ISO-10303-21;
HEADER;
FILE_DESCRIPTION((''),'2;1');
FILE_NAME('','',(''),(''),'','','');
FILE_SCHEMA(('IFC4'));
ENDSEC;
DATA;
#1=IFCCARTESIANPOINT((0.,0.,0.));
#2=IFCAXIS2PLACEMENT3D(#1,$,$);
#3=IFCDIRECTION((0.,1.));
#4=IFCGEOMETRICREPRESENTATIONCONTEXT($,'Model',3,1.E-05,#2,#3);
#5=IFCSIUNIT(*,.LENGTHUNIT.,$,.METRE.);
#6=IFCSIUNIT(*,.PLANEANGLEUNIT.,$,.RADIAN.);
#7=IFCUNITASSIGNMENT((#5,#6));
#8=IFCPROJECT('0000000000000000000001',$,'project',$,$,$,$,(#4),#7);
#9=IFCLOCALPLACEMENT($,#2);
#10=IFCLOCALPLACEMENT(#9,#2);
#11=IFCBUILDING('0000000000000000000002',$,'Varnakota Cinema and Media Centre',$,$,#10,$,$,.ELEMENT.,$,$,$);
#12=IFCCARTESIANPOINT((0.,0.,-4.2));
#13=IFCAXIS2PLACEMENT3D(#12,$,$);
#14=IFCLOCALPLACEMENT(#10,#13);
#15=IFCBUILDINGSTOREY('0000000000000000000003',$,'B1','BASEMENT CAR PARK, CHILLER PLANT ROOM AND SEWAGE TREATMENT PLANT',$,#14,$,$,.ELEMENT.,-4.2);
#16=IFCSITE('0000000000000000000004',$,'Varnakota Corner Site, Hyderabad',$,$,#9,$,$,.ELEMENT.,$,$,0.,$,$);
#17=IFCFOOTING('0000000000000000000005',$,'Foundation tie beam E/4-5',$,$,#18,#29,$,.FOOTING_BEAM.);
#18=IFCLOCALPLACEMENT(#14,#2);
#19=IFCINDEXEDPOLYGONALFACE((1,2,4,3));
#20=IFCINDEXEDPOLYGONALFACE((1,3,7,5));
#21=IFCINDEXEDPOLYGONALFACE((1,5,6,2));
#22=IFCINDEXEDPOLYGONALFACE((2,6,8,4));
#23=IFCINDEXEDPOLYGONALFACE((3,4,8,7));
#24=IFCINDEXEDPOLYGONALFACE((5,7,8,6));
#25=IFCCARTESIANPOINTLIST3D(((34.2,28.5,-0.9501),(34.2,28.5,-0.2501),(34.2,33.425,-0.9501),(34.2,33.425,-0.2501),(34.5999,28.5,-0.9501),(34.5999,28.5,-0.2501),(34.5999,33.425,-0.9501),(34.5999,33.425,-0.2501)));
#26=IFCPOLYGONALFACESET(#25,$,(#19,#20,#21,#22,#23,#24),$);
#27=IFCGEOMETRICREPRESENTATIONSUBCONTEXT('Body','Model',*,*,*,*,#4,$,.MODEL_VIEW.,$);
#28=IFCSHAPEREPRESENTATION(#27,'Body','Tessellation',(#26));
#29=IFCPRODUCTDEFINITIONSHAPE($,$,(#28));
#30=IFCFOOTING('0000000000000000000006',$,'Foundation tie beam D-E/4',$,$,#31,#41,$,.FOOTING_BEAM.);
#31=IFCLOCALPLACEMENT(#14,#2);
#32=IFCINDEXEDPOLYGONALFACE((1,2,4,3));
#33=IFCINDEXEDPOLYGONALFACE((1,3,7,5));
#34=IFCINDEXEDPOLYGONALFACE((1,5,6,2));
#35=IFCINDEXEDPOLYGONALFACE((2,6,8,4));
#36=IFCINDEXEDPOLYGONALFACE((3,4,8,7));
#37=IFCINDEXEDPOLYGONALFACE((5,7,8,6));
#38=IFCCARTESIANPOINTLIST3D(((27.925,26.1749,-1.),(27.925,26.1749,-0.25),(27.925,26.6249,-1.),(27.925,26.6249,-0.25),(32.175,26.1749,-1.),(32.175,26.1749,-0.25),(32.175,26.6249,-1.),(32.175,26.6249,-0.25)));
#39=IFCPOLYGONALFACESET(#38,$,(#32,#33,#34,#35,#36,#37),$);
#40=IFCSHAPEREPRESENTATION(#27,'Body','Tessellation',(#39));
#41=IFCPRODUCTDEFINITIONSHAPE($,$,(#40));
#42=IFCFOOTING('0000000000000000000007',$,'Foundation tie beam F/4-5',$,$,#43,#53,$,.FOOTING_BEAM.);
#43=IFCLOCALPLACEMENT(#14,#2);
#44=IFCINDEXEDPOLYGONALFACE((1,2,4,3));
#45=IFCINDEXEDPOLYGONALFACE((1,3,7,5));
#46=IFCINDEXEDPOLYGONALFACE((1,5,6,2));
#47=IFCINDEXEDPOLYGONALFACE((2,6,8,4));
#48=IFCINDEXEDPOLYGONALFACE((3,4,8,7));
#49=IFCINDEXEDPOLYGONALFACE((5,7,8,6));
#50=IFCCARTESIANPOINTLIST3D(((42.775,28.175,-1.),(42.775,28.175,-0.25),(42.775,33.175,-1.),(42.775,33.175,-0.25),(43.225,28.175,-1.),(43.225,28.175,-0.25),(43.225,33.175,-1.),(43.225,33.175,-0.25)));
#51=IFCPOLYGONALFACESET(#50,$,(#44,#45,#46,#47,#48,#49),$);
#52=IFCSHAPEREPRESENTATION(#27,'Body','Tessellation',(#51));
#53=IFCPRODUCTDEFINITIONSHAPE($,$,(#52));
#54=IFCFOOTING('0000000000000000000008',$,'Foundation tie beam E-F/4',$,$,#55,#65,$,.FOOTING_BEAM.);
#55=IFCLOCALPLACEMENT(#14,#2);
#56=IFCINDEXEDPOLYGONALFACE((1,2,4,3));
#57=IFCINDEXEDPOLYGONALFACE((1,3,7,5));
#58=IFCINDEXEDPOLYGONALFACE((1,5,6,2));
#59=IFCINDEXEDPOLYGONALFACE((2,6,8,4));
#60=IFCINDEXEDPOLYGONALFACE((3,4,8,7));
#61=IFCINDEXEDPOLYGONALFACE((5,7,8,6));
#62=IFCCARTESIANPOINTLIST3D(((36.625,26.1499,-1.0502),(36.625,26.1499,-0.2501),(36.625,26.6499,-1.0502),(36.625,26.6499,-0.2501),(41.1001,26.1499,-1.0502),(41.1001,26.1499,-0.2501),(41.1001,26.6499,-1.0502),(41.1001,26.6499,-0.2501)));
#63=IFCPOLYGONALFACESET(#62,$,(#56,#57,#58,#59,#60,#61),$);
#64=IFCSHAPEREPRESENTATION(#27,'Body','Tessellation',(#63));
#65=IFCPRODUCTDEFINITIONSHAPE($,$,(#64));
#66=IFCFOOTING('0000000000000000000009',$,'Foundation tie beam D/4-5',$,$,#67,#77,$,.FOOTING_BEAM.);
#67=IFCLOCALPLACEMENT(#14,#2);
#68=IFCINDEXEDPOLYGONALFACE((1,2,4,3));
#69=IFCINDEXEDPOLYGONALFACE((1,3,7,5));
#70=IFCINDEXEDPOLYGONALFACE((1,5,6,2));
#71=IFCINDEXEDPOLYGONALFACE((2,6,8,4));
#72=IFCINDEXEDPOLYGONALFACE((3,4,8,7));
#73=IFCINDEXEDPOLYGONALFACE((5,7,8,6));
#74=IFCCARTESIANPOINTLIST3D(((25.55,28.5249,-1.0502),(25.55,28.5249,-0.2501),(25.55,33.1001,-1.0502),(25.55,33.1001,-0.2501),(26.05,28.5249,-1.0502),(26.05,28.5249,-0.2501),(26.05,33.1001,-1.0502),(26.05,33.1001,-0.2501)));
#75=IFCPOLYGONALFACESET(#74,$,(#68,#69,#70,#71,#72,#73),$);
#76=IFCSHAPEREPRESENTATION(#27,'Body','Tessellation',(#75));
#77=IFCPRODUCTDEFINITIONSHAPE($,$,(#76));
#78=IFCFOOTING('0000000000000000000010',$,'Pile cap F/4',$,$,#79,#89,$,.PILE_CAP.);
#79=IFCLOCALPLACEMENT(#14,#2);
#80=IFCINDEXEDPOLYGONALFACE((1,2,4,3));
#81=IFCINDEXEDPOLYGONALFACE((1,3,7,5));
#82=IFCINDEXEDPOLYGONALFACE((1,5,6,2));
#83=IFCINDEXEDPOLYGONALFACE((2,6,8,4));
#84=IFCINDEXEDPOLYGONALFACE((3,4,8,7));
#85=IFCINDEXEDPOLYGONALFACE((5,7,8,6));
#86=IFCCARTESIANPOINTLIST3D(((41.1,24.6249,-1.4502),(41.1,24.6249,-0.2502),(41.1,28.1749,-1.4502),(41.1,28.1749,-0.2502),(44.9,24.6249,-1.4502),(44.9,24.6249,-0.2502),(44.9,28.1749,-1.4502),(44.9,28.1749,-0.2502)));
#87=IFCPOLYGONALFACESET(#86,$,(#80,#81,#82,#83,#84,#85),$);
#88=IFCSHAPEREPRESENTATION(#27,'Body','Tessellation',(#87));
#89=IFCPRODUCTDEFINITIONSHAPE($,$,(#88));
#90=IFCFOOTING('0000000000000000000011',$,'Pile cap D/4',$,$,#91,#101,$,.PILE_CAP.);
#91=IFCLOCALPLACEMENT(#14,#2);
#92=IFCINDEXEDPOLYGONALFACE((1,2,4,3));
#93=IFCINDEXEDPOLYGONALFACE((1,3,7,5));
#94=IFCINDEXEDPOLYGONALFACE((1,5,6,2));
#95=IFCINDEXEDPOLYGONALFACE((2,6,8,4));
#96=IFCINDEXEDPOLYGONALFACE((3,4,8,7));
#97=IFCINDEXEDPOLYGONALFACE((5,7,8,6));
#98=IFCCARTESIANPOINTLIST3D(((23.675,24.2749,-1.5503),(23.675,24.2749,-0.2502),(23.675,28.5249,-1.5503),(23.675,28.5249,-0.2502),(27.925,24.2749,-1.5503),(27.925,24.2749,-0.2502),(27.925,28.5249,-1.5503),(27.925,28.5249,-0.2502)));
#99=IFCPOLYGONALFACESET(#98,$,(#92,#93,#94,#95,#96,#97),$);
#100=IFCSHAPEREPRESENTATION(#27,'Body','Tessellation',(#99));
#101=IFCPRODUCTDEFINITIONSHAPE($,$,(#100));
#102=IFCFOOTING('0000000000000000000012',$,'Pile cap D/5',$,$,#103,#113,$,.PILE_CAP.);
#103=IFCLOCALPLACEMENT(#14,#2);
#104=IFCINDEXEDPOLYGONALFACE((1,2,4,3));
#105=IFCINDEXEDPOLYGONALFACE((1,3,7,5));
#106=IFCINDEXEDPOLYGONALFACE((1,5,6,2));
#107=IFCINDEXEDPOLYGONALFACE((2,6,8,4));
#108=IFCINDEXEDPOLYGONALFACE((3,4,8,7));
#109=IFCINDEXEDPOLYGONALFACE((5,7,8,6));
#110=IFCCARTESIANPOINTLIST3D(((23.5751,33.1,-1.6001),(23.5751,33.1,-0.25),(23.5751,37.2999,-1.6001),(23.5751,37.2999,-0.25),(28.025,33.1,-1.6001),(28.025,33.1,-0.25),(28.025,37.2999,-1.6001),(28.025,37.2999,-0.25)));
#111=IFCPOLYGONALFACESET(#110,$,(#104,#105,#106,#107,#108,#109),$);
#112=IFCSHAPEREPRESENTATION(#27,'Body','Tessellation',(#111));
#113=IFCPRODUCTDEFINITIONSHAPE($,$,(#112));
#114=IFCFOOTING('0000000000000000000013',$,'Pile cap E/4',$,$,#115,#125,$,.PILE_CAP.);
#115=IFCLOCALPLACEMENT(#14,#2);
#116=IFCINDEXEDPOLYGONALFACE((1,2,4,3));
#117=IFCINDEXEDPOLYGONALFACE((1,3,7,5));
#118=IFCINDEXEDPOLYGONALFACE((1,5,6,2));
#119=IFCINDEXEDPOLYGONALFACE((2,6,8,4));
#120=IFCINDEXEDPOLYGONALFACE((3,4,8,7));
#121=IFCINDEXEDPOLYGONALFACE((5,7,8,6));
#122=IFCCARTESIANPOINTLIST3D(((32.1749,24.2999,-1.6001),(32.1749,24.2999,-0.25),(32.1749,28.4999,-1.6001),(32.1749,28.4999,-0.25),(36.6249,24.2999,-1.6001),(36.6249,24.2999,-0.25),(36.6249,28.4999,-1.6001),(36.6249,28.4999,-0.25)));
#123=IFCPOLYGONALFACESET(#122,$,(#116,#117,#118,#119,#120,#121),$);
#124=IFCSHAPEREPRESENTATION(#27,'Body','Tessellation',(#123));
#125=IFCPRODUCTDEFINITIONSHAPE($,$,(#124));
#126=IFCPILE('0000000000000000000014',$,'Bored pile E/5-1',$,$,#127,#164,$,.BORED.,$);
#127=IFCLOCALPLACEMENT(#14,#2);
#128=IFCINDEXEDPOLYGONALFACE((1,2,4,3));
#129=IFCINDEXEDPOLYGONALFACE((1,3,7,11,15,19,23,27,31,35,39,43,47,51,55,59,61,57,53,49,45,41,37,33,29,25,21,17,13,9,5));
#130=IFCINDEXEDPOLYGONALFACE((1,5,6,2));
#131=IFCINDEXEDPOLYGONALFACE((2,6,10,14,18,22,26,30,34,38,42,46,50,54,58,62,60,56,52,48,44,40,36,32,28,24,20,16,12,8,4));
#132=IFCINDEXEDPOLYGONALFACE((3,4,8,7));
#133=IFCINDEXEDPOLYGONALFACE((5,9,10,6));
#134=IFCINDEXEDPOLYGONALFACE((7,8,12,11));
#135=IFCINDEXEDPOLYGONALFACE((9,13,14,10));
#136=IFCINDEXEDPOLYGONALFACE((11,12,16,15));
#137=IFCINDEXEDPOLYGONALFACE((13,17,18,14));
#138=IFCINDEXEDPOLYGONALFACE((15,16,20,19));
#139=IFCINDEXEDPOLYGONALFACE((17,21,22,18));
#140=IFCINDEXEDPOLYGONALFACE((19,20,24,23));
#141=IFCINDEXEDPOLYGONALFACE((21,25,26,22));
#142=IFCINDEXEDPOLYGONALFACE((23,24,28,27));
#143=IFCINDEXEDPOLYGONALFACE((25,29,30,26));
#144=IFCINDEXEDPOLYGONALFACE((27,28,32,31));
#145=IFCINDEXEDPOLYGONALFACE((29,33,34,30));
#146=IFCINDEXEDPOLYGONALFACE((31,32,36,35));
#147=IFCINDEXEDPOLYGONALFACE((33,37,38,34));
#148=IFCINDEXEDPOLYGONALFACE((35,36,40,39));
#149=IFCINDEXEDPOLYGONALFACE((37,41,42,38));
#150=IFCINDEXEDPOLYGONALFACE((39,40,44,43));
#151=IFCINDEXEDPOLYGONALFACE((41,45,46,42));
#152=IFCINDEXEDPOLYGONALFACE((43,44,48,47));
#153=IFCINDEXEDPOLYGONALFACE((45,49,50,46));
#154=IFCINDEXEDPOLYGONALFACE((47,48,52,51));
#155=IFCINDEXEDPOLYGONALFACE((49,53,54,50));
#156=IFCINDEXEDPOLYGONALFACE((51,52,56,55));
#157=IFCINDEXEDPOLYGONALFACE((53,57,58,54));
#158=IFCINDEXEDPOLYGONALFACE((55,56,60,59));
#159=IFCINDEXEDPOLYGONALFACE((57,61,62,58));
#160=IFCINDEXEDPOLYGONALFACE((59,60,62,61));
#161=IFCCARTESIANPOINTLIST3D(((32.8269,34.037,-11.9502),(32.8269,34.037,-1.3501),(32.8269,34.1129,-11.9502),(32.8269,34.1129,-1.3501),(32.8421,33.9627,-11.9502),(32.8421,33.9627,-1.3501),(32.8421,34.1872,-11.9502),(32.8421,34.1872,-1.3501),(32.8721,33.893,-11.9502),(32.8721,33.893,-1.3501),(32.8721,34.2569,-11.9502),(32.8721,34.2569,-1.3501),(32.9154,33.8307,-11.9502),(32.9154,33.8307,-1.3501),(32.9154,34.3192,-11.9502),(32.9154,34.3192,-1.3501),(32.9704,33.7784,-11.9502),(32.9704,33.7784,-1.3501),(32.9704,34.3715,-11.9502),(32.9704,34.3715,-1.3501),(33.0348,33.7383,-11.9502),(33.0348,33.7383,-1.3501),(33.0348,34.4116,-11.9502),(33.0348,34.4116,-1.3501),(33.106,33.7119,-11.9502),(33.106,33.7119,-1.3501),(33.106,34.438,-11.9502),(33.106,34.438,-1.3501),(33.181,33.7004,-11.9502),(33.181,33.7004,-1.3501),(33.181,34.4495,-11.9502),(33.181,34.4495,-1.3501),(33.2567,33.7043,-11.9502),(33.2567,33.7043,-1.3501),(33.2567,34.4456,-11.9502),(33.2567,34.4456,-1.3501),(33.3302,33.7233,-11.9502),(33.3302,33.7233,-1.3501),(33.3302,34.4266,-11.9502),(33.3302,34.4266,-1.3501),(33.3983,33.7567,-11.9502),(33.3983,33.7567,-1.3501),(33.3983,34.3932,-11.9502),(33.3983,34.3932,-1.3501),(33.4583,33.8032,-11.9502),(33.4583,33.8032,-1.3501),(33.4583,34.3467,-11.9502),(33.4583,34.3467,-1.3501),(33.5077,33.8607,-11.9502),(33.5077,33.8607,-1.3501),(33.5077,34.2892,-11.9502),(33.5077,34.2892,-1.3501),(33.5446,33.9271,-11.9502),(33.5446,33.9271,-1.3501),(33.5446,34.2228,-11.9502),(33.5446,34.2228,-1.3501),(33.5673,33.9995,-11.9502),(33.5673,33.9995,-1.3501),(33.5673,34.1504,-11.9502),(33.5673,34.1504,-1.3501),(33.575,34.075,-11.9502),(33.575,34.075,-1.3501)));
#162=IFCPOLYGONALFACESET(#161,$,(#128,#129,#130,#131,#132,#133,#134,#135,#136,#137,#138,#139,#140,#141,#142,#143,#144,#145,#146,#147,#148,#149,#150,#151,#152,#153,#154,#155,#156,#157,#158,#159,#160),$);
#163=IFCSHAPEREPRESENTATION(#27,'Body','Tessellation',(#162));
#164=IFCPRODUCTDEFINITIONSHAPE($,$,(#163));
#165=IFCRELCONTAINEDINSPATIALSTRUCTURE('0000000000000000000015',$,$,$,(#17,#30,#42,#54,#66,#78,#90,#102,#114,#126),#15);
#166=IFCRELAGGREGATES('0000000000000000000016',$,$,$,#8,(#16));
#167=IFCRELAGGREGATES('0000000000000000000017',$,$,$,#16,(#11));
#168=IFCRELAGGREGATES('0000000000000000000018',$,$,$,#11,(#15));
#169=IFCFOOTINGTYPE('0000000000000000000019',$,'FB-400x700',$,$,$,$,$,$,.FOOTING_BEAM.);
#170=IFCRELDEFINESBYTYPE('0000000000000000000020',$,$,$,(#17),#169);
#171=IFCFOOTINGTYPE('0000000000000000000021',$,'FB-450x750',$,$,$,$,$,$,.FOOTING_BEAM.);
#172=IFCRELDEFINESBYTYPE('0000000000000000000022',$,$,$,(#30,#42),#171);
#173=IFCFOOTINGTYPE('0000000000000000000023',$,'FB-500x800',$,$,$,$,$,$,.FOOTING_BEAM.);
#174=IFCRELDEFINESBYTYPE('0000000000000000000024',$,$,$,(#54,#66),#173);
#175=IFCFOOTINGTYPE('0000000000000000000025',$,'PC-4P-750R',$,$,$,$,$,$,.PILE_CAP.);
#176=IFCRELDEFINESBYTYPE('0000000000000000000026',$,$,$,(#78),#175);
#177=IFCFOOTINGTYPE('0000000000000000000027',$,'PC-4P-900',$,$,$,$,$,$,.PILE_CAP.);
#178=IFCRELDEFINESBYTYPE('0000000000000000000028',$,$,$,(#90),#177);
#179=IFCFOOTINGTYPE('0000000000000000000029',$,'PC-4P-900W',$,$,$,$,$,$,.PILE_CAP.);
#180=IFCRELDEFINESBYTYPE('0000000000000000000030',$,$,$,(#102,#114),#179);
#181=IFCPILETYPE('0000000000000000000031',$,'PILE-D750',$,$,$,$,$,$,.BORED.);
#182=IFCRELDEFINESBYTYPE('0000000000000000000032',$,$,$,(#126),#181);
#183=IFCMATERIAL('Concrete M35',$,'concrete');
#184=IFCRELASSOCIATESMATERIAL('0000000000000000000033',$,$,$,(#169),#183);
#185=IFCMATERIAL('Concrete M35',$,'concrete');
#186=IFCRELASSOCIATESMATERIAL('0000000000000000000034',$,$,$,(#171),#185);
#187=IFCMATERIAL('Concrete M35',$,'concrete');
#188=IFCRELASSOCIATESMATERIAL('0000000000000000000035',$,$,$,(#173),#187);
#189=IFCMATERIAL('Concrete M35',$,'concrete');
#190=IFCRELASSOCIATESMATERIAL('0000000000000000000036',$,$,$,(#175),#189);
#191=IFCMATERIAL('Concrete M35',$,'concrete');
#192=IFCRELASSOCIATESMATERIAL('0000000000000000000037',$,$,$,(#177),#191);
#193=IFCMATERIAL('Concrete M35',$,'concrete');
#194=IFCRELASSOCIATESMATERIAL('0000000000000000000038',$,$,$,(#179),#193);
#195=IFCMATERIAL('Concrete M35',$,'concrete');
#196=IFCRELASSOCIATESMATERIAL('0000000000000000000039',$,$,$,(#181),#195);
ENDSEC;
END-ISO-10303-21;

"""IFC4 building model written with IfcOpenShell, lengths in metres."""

from ifc_helpers import new_model, si_unit, direction, frame, origin, origin_2d, place, context, subcontext, project, spatial, rectangle, circle, extrude, material, material_profile, profile_set, type_object, element, save


model = new_model("IFC4")

# Units and contexts
model_context = context("Model", 3, precision=1e-05, world=origin(), true_north=direction((0.0, 1.0)))
body_context = subcontext(model_context, "Body", "Model", "MODEL_VIEW")
ifc_project = project(units=[si_unit("LENGTHUNIT", "METRE"), si_unit("PLANEANGLEUNIT", "RADIAN")], contexts=[model_context])

# Site, building, storey
site_placement = place(None, origin())
site = spatial("IfcSite", under=ifc_project, at=site_placement, Name="Varnakota Corner Site, Hyderabad", CompositionType="ELEMENT", RefElevation=0.0)
building_placement = place(site_placement, origin())
building = spatial("IfcBuilding", under=site, at=building_placement, Name="Varnakota Cinema and Media Centre", CompositionType="ELEMENT")
storey_placement = place(building_placement, frame((0.0, 0.0, -4.2)))
storey = spatial("IfcBuildingStorey", under=building, at=storey_placement, Name="B1", Description="BASEMENT CAR PARK, CHILLER PLANT ROOM AND SEWAGE TREATMENT PLANT", CompositionType="ELEMENT", Elevation=-4.2)

# Footings
ifc_material_1 = material(Name="Concrete M35", Category="concrete")
ifc_material_profile_1 = material_profile(ifc_material_1, rectangle(XDim=0.3999, YDim=0.7, at=origin_2d()), Name="FB 400x700")
ifc_profile_set_1 = profile_set([ifc_material_profile_1], Name="Concrete M35")
footing_type_1 = type_object("IfcFootingType", Name="FB-400x700", PredefinedType="FOOTING_BEAM", material=ifc_profile_set_1)
footing_1_placement = place(storey_placement, frame((34.3999, 28.5, -0.6001), z_axis=(0.0, 1.0, 0.0), x_axis=(-1.0, 0.0, 0.0)))
element("IfcFooting", 1, at=footing_1_placement, inside=storey, type_object=footing_type_1, Name="Foundation tie beam E/4-5", PredefinedType="FOOTING_BEAM", context=body_context, shape_type="SweptSolid", body=[
    extrude(rectangle(XDim=0.3999, YDim=0.7, at=origin_2d()), origin(), (0.0, 0.0, 1.0), 4.925),
])
ifc_material_2 = material(Name="Concrete M35", Category="concrete")
ifc_material_profile_2 = material_profile(ifc_material_2, rectangle(XDim=0.45, YDim=0.75, at=origin_2d()), Name="FB 450x750")
ifc_profile_set_2 = profile_set([ifc_material_profile_2], Name="Concrete M35")
footing_type_2 = type_object("IfcFootingType", Name="FB-450x750", PredefinedType="FOOTING_BEAM", material=ifc_profile_set_2)
footing_2_placement = place(storey_placement, frame((27.925, 26.3999, -0.625), z_axis=(1.0, 0.0, 0.0), x_axis=(0.0, 1.0, 0.0)))
element("IfcFooting", 2, at=footing_2_placement, inside=storey, type_object=footing_type_2, Name="Foundation tie beam D-E/4", PredefinedType="FOOTING_BEAM", context=body_context, shape_type="SweptSolid", body=[
    extrude(rectangle(XDim=0.45, YDim=0.75, at=origin_2d()), origin(), (0.0, 0.0, 1.0), 4.25),
])
footing_3_placement = place(storey_placement, frame((43.0, 28.175, -0.625), z_axis=(0.0, 1.0, 0.0), x_axis=(-1.0, 0.0, 0.0)))
element("IfcFooting", 3, at=footing_3_placement, inside=storey, type_object=footing_type_2, Name="Foundation tie beam F/4-5", PredefinedType="FOOTING_BEAM", context=body_context, shape_type="SweptSolid", body=[
    extrude(rectangle(XDim=0.45, YDim=0.75, at=origin_2d()), origin(), (0.0, 0.0, 1.0), 5.0),
])
ifc_material_3 = material(Name="Concrete M35", Category="concrete")
ifc_material_profile_3 = material_profile(ifc_material_3, rectangle(XDim=0.5, YDim=0.8, at=origin_2d()), Name="FB 500x800")
ifc_profile_set_3 = profile_set([ifc_material_profile_3], Name="Concrete M35")
footing_type_3 = type_object("IfcFootingType", Name="FB-500x800", PredefinedType="FOOTING_BEAM", material=ifc_profile_set_3)
footing_4_placement = place(storey_placement, frame((36.625, 26.3999, -0.6501), z_axis=(1.0, 0.0, 0.0), x_axis=(0.0, 1.0, 0.0)))
element("IfcFooting", 4, at=footing_4_placement, inside=storey, type_object=footing_type_3, Name="Foundation tie beam E-F/4", PredefinedType="FOOTING_BEAM", context=body_context, shape_type="SweptSolid", body=[
    extrude(rectangle(XDim=0.5, YDim=0.8, at=origin_2d()), origin(), (0.0, 0.0, 1.0), 4.4751),
])
footing_5_placement = place(storey_placement, frame((25.8, 28.5249, -0.6501), z_axis=(0.0, 1.0, 0.0), x_axis=(-1.0, 0.0, 0.0)))
element("IfcFooting", 5, at=footing_5_placement, inside=storey, type_object=footing_type_3, Name="Foundation tie beam D/4-5", PredefinedType="FOOTING_BEAM", context=body_context, shape_type="SweptSolid", body=[
    extrude(rectangle(XDim=0.5, YDim=0.8, at=origin_2d()), origin(), (0.0, 0.0, 1.0), 4.5752),
])
ifc_material_4 = material(Name="Concrete M35", Category="concrete")
footing_type_4 = type_object("IfcFootingType", Name="PC-4P-750R", PredefinedType="PILE_CAP", material=ifc_material_4)
footing_6_placement = place(storey_placement, frame((43.0, 26.3999, -1.4502), z_axis=(0.0, 0.0, 1.0), x_axis=(1.0, 0.0, 0.0)))
element("IfcFooting", 6, at=footing_6_placement, inside=storey, type_object=footing_type_4, Name="Pile cap F/4", PredefinedType="PILE_CAP", context=body_context, shape_type="SweptSolid", body=[
    extrude(rectangle(XDim=3.8, YDim=3.55, at=origin_2d()), origin(), (0.0, 0.0, 1.0), 1.2),
])
ifc_material_5 = material(Name="Concrete M35", Category="concrete")
footing_type_5 = type_object("IfcFootingType", Name="PC-4P-900", PredefinedType="PILE_CAP", material=ifc_material_5)
footing_7_placement = place(storey_placement, frame((25.8, 26.3999, -1.5503), z_axis=(0.0, 0.0, 1.0), x_axis=(1.0, 0.0, 0.0)))
element("IfcFooting", 7, at=footing_7_placement, inside=storey, type_object=footing_type_5, Name="Pile cap D/4", PredefinedType="PILE_CAP", context=body_context, shape_type="SweptSolid", body=[
    extrude(rectangle(XDim=4.25, YDim=4.25, at=origin_2d()), origin(), (0.0, 0.0, 1.0), 1.3),
])
ifc_material_6 = material(Name="Concrete M35", Category="concrete")
footing_type_6 = type_object("IfcFootingType", Name="PC-4P-900W", PredefinedType="PILE_CAP", material=ifc_material_6)
for number, where, z_axis, x_axis, name in (
    (8, (25.8, 35.2, -1.6001), (0.0, 0.0, 1.0), (1.0, 0.0, 0.0), "Pile cap D/5"),
    (9, (34.3999, 26.3999, -1.6001), (0.0, 0.0, 1.0), (1.0, 0.0, 0.0), "Pile cap E/4"),
):
    element("IfcFooting", number, at=place(storey_placement, frame(where, z_axis=z_axis, x_axis=x_axis)), inside=storey, type_object=footing_type_6, Name=name, PredefinedType="PILE_CAP", context=body_context, shape_type="SweptSolid", body=[
        extrude(rectangle(XDim=4.45, YDim=4.2, at=origin_2d()), origin(), (0.0, 0.0, 1.0), 1.3501),
    ])

# Pile
ifc_material_7 = material(Name="Concrete M35", Category="concrete")
ifc_material_profile_4 = material_profile(ifc_material_7, circle(Radius=0.375, at=origin_2d()), Name="PILE D750")
ifc_profile_set_4 = profile_set([ifc_material_profile_4], Name="Concrete M35")
pile_type_1 = type_object("IfcPileType", Name="PILE-D750", PredefinedType="BORED", material=ifc_profile_set_4)
for number, where, z_axis, x_axis, name in (
    (10, (33.2, 34.075, -1.3501), (0.0, 0.0, -1.0), (1.0, 0.0, 0.0), "Bored pile E/5-1"),
):
    element("IfcPile", number, at=place(storey_placement, frame(where, z_axis=z_axis, x_axis=x_axis)), inside=storey, type_object=pile_type_1, Name=name, PredefinedType="BORED", context=body_context, shape_type="SweptSolid", body=[
        extrude(circle(Radius=0.375, at=origin_2d()), origin(), (0.0, 0.0, 1.0), 10.6001),
    ])

save(model, "model.ifc")
